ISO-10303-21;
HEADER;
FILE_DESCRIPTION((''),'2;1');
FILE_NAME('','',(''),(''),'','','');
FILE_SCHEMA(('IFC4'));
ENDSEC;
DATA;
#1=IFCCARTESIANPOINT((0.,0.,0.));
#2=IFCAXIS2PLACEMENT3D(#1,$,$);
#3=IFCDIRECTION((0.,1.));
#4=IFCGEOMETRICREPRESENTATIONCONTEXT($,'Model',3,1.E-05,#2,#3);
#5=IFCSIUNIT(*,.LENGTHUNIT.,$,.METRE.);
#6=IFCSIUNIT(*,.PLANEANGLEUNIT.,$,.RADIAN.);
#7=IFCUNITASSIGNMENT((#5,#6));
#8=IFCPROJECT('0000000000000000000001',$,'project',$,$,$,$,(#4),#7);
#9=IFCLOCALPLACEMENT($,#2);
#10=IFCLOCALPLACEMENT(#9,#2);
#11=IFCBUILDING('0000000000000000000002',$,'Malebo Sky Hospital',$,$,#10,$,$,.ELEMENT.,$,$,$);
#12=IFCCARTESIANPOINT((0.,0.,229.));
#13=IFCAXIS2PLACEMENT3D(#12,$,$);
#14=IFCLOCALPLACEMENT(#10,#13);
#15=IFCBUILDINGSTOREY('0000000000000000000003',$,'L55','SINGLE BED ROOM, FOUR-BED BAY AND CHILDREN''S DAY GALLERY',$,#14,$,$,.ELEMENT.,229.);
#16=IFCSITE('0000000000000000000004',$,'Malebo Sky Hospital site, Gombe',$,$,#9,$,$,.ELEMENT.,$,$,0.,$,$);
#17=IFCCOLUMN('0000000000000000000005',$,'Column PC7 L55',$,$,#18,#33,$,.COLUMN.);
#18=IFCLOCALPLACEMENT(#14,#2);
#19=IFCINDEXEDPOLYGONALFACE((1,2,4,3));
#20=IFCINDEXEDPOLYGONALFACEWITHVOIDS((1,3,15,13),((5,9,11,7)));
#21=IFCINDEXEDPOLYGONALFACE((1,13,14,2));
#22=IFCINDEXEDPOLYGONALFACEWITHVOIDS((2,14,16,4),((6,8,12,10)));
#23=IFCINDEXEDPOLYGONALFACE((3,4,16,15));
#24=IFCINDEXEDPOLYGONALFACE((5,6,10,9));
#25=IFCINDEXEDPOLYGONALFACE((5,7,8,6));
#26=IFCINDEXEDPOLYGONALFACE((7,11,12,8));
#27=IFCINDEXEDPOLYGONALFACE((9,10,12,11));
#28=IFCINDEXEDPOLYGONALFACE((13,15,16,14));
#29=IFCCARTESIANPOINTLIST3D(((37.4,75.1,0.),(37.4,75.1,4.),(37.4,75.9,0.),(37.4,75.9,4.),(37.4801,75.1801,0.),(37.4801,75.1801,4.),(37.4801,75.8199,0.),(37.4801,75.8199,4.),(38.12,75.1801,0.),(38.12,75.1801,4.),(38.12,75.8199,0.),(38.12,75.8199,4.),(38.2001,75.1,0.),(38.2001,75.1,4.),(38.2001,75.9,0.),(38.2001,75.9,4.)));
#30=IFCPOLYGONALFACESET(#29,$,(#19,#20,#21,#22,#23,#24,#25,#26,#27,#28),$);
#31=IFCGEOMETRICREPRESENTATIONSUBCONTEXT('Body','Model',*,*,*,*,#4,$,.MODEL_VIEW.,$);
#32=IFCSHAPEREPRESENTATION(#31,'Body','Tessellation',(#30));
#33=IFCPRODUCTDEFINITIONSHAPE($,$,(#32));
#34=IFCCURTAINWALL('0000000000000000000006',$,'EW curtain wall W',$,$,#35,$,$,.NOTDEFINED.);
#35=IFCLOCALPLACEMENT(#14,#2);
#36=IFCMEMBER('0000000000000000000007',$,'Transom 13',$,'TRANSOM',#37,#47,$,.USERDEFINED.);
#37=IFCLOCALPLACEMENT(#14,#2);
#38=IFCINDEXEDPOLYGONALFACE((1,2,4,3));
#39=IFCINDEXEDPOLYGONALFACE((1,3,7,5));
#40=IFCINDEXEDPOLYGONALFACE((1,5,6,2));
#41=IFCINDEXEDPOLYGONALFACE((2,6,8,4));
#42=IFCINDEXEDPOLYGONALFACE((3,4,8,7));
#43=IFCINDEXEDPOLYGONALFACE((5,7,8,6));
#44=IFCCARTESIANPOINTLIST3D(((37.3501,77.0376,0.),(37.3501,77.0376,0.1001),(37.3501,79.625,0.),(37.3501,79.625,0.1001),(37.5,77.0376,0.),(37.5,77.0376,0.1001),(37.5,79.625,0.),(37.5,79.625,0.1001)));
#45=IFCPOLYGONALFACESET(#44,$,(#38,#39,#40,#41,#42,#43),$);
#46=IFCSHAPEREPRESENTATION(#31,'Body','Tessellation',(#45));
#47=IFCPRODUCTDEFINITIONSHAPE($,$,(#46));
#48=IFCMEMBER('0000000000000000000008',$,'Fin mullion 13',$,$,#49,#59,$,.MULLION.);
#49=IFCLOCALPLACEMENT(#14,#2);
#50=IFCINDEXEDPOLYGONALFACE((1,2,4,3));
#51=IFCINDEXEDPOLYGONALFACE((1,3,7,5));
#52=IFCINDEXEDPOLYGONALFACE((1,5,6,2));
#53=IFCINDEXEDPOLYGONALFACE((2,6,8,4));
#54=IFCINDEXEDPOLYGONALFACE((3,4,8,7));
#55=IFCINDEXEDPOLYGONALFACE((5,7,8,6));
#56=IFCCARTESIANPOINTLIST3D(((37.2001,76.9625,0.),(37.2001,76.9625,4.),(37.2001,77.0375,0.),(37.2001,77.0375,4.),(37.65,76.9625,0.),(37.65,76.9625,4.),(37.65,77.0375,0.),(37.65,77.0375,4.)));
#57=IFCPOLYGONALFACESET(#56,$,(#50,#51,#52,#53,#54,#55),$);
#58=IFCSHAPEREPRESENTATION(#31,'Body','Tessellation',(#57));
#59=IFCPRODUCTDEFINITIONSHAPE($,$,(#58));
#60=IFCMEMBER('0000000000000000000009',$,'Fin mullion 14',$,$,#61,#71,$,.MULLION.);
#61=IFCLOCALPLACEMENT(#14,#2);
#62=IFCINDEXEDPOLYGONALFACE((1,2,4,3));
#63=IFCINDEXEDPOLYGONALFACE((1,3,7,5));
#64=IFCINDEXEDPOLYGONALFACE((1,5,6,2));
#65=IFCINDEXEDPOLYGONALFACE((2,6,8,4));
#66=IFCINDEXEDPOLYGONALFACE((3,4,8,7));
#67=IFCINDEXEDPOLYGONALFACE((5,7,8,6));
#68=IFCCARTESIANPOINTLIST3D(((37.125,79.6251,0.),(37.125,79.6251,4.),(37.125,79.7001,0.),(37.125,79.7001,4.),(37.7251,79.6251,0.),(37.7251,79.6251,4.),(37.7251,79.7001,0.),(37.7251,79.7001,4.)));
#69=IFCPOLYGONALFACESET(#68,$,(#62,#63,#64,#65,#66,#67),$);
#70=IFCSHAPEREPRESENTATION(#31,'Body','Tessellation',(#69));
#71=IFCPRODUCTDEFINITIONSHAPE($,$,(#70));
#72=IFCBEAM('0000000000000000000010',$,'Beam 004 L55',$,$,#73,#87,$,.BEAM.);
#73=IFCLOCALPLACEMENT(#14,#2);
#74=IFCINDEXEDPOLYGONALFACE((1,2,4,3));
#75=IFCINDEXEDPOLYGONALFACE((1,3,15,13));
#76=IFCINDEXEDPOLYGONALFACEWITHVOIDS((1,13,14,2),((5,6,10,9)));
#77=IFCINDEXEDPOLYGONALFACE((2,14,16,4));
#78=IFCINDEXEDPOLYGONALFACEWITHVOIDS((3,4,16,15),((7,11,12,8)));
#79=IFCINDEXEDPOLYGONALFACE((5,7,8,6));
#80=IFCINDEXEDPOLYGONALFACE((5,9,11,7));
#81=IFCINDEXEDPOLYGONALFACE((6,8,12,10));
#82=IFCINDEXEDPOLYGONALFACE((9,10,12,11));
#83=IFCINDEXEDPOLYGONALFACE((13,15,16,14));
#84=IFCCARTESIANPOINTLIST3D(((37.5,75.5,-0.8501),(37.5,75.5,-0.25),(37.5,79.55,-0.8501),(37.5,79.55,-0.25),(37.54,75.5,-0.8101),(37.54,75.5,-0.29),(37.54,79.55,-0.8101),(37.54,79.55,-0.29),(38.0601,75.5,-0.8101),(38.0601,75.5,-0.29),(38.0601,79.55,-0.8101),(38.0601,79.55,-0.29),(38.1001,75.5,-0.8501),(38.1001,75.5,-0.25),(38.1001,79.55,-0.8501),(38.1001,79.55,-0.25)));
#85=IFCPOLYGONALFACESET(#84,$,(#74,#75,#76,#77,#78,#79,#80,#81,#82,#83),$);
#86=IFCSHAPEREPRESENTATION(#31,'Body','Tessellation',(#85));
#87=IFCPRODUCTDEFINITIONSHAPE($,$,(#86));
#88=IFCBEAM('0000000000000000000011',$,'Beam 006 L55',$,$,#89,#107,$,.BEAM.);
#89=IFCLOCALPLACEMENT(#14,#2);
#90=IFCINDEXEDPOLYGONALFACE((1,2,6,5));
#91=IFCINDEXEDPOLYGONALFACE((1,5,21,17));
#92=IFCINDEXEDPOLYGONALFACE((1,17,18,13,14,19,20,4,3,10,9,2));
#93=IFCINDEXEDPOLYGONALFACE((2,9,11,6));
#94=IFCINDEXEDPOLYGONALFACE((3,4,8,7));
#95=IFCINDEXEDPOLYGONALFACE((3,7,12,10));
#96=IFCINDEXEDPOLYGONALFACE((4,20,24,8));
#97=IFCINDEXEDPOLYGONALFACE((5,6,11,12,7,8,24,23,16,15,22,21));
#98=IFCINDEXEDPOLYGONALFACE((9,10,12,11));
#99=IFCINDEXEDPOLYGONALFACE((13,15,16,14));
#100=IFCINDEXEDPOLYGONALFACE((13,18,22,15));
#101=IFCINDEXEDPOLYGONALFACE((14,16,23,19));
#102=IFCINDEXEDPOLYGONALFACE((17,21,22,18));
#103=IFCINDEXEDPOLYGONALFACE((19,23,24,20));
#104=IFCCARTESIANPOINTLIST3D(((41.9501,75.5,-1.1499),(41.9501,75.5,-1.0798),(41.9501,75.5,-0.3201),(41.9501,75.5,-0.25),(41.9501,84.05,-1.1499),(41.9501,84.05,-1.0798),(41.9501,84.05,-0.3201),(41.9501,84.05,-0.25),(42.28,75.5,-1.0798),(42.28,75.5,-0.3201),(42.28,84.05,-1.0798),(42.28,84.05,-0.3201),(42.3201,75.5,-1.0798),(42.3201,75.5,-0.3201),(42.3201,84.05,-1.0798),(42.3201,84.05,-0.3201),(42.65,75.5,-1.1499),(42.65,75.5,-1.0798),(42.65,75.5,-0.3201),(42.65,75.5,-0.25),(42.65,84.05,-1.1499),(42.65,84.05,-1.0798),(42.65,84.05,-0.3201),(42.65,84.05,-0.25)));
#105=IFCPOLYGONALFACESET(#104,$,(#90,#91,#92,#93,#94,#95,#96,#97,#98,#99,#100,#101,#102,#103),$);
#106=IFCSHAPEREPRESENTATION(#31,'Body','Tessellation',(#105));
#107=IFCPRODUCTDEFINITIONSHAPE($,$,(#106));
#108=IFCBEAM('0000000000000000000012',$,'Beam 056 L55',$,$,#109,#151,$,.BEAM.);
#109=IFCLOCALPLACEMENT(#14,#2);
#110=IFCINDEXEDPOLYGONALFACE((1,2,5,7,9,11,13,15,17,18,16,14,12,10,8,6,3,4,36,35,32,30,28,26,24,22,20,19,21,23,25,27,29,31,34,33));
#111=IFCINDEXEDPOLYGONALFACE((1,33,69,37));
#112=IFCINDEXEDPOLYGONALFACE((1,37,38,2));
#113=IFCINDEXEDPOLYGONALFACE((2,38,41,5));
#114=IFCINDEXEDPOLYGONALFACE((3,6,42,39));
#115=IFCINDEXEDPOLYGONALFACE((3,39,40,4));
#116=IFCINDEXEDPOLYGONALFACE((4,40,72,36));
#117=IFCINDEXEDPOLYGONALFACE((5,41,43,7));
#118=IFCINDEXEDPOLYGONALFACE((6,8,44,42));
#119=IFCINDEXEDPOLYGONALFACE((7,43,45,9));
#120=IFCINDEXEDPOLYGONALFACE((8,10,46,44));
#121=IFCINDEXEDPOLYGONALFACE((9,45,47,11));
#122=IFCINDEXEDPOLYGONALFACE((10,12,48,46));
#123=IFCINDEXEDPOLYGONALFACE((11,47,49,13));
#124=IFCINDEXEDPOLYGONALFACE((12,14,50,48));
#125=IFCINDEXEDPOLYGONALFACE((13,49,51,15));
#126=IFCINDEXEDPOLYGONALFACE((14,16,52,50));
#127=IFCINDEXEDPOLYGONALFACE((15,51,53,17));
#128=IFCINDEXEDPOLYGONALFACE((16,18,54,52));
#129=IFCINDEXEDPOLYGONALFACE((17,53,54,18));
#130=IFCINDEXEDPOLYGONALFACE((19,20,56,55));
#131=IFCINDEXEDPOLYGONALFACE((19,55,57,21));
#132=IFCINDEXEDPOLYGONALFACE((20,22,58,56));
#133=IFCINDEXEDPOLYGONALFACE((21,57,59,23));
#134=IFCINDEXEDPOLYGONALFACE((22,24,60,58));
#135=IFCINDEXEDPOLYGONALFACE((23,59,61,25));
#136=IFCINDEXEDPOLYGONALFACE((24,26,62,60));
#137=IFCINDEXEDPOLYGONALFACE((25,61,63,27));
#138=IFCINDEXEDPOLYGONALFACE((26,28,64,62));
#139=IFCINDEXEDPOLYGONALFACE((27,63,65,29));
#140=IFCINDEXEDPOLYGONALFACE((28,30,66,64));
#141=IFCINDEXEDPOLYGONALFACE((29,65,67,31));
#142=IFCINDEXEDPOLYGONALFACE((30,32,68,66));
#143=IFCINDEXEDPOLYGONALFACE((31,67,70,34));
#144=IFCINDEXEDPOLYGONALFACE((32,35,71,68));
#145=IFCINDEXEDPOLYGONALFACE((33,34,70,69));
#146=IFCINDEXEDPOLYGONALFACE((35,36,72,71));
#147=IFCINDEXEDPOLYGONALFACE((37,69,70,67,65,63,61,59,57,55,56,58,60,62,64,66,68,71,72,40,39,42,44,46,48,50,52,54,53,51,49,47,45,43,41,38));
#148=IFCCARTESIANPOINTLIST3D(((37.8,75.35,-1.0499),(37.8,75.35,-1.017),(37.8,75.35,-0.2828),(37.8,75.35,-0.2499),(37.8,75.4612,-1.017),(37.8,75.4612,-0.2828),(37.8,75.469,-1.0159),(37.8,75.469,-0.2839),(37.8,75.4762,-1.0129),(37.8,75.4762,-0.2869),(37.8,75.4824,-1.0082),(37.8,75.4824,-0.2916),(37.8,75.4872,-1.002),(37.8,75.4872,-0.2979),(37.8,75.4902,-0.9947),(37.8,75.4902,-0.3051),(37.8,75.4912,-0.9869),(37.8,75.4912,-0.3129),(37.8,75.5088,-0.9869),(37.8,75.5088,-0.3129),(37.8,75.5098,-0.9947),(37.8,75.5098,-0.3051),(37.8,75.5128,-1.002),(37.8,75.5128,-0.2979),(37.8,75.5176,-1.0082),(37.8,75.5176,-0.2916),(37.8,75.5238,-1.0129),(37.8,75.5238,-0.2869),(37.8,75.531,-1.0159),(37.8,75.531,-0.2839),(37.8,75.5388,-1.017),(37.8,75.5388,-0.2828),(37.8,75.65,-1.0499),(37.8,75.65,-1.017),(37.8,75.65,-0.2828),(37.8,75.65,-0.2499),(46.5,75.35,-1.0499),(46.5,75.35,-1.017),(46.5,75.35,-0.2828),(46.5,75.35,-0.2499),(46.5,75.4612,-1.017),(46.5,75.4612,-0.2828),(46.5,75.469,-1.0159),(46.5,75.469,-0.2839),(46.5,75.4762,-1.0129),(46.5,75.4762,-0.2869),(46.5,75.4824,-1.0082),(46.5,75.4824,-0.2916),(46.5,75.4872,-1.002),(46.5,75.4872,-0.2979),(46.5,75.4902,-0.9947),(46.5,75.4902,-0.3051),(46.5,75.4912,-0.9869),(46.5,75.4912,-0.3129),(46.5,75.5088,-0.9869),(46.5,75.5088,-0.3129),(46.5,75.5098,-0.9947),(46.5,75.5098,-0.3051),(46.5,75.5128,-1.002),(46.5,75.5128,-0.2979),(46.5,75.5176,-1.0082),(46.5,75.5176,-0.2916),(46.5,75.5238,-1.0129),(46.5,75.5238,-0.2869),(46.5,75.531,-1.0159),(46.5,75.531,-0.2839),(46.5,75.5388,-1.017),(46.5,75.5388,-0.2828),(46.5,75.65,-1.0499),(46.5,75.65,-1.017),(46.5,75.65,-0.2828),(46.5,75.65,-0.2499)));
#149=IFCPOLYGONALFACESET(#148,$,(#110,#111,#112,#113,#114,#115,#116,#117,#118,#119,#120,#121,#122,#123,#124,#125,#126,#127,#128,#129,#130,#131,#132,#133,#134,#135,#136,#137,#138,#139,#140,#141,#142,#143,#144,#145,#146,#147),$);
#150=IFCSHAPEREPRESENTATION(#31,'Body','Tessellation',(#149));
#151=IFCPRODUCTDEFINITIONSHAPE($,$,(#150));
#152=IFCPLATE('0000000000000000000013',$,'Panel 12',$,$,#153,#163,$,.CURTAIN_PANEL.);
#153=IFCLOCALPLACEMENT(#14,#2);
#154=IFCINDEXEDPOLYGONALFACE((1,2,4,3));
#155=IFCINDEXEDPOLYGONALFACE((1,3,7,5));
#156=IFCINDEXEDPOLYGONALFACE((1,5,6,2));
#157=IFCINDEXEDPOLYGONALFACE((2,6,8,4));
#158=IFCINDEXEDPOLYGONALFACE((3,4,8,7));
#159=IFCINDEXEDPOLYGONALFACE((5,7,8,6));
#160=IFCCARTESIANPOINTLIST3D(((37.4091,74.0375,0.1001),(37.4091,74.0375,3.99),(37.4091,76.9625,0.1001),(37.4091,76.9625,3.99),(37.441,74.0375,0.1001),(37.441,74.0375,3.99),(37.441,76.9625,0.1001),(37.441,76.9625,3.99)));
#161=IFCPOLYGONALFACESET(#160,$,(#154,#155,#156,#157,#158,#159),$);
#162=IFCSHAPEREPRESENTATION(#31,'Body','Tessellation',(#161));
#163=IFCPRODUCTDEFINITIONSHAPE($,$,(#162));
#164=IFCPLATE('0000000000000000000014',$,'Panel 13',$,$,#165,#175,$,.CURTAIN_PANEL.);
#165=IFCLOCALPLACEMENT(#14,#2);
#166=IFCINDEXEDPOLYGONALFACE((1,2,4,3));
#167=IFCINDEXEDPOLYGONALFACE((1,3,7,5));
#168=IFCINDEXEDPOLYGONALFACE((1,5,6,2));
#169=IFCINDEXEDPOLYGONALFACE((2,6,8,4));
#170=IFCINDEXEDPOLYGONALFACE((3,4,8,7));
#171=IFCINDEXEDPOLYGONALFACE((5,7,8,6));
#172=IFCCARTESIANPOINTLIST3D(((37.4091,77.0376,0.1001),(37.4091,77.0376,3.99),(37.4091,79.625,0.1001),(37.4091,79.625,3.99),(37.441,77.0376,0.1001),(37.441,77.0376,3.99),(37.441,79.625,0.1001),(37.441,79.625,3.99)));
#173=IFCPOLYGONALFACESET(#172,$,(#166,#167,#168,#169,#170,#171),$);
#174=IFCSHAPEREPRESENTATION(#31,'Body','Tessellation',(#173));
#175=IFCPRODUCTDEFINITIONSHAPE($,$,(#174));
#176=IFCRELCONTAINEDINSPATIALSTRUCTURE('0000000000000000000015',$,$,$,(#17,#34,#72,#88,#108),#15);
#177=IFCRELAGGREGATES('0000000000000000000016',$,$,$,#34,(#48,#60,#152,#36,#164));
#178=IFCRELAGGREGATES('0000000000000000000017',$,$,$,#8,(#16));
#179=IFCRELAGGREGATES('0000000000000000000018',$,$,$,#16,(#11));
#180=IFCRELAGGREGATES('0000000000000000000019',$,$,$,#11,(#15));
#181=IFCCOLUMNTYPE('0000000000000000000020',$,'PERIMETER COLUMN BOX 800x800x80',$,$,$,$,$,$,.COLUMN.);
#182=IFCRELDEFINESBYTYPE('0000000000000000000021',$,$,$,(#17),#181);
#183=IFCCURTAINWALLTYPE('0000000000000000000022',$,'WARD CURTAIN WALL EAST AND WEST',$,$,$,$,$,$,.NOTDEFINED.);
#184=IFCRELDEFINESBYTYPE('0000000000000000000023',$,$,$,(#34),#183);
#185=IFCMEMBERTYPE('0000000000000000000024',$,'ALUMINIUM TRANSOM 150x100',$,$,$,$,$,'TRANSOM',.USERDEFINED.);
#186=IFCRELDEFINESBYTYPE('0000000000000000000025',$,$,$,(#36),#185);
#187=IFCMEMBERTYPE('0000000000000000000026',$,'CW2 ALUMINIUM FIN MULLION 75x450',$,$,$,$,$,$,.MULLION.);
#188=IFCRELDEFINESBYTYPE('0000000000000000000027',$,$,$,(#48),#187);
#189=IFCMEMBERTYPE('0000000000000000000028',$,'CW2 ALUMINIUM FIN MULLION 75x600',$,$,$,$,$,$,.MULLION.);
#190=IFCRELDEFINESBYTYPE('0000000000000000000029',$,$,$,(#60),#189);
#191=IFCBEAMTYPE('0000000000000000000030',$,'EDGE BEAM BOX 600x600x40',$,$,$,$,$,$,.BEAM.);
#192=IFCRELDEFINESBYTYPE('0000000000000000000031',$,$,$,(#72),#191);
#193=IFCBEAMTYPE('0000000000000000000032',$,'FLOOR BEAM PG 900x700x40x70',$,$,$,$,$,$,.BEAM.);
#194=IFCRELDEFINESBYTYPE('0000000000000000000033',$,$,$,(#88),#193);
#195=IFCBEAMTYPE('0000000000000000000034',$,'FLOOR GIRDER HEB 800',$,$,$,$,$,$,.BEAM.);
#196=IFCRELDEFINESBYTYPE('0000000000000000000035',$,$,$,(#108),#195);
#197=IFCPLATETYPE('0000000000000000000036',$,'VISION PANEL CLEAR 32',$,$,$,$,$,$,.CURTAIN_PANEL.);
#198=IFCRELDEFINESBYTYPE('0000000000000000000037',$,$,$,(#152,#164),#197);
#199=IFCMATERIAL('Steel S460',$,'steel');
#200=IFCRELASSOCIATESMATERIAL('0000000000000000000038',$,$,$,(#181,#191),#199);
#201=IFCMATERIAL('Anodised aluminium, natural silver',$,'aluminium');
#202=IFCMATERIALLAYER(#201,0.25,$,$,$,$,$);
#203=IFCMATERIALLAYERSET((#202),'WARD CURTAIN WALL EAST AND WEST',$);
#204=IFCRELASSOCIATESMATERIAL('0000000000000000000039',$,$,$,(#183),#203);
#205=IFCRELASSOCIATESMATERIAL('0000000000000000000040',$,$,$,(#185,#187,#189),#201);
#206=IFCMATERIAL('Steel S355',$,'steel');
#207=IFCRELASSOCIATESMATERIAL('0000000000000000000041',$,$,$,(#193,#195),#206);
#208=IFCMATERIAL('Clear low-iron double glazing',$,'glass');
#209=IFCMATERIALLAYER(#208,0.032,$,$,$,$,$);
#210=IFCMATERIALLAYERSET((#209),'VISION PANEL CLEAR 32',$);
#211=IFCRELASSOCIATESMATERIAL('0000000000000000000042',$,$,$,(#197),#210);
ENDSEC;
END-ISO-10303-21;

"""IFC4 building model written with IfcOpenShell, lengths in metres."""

from ifc_helpers import new_model, si_unit, direction, frame, origin, origin_2d, place, context, subcontext, project, spatial, rectangle, hollow_rectangle, i_section, extrude, material, layer, layer_set, material_profile, profile_set, type_object, element, aggregate, save


model = new_model("IFC4")

# Units and contexts
model_context = context("Model", 3, precision=1e-05, world=origin(), true_north=direction((0.0, 1.0)))
body_context = subcontext(model_context, "Body", "Model", "MODEL_VIEW")
ifc_project = project(units=[si_unit("LENGTHUNIT", "METRE"), si_unit("PLANEANGLEUNIT", "RADIAN")], contexts=[model_context])

# Site, building, storey
site_placement = place(None, origin())
site = spatial("IfcSite", under=ifc_project, at=site_placement, Name="Malebo Sky Hospital site, Gombe", CompositionType="ELEMENT", RefElevation=0.0)
building_placement = place(site_placement, origin())
building = spatial("IfcBuilding", under=site, at=building_placement, Name="Malebo Sky Hospital", CompositionType="ELEMENT")
storey_placement = place(building_placement, frame((0.0, 0.0, 229.0)))
storey = spatial("IfcBuildingStorey", under=building, at=storey_placement, Name="L55", Description="SINGLE BED ROOM, FOUR-BED BAY AND CHILDREN'S DAY GALLERY", CompositionType="ELEMENT", Elevation=229.0)

# Column
ifc_material_1 = material(Name="Steel S460", Category="steel")
ifc_material_profile_1 = material_profile(ifc_material_1, hollow_rectangle(XDim=0.8, YDim=0.8, WallThickness=0.0801, at=origin_2d()), Name="BOX 800x800x80")
ifc_profile_set_1 = profile_set([ifc_material_profile_1], Name="Steel S460")
column_type = type_object("IfcColumnType", Name="PERIMETER COLUMN BOX 800x800x80", PredefinedType="COLUMN", material=ifc_profile_set_1)
column_placement = place(storey_placement, frame((37.8, 75.5, 0.0), z_axis=(0.0, 0.0, 1.0), x_axis=(1.0, 0.0, 0.0)))
element("IfcColumn", 1, at=column_placement, inside=storey, type_object=column_type, Name="Column PC7 L55", PredefinedType="COLUMN", context=body_context, shape_type="SweptSolid", body=[
    extrude(hollow_rectangle(XDim=0.8, YDim=0.8, WallThickness=0.0801, at=origin_2d()), origin(), (0.0, 0.0, 1.0), 4.0),
])

# Curtain wall, members
ifc_material_2 = material(Name="Anodised aluminium, natural silver", Category="aluminium")
ifc_layer_1 = layer(ifc_material_2, 0.25)
ifc_layer_set_1 = layer_set([ifc_layer_1], Name="WARD CURTAIN WALL EAST AND WEST")
curtain_wall_type = type_object("IfcCurtainWallType", Name="WARD CURTAIN WALL EAST AND WEST", PredefinedType="NOTDEFINED", material=ifc_layer_set_1)
curtain_wall_placement = place(storey_placement, origin())
curtain_wall = element("IfcCurtainWall", 2, at=curtain_wall_placement, inside=storey, type_object=curtain_wall_type, Name="EW curtain wall W", PredefinedType="NOTDEFINED")
ifc_material_profile_2 = material_profile(ifc_material_2, rectangle(XDim=0.1499, YDim=0.1001, at=origin_2d()), Name="ALUMINIUM TRANSOM 150x100")
ifc_profile_set_2 = profile_set([ifc_material_profile_2], Name="Anodised aluminium, natural silver")
member_type_1 = type_object("IfcMemberType", Name="ALUMINIUM TRANSOM 150x100", ElementType="TRANSOM", PredefinedType="USERDEFINED", material=ifc_profile_set_2)
member_1_placement = place(storey_placement, frame((37.425, 77.0376, 0.05), z_axis=(0.0, 1.0, 0.0), x_axis=(-1.0, 0.0, 0.0)))
member_1 = element("IfcMember", 3, at=member_1_placement, type_object=member_type_1, Name="Transom 13", ObjectType="TRANSOM", PredefinedType="USERDEFINED", context=body_context, shape_type="SweptSolid", body=[
    extrude(rectangle(XDim=0.1499, YDim=0.1001, at=origin_2d()), origin(), (0.0, 0.0, 1.0), 2.5874),
])
ifc_material_profile_3 = material_profile(ifc_material_2, rectangle(XDim=0.075, YDim=0.45, at=origin_2d()), Name="CW2 ALUMINIUM FIN MULLION 75x450")
ifc_profile_set_3 = profile_set([ifc_material_profile_3], Name="Anodised aluminium, natural silver")
member_type_2 = type_object("IfcMemberType", Name="CW2 ALUMINIUM FIN MULLION 75x450", PredefinedType="MULLION", material=ifc_profile_set_3)
member_2_placement = place(storey_placement, frame((37.425, 77.0, 0.0), z_axis=(0.0, 0.0, 1.0), x_axis=(0.0, 1.0, 0.0)))
member_2 = element("IfcMember", 4, at=member_2_placement, type_object=member_type_2, Name="Fin mullion 13", PredefinedType="MULLION", context=body_context, shape_type="SweptSolid", body=[
    extrude(rectangle(XDim=0.075, YDim=0.45, at=origin_2d()), origin(), (0.0, 0.0, 1.0), 4.0),
])
ifc_material_profile_4 = material_profile(ifc_material_2, rectangle(XDim=0.075, YDim=0.6001, at=origin_2d()), Name="CW2 ALUMINIUM FIN MULLION 75x600")
ifc_profile_set_4 = profile_set([ifc_material_profile_4], Name="Anodised aluminium, natural silver")
member_type_3 = type_object("IfcMemberType", Name="CW2 ALUMINIUM FIN MULLION 75x600", PredefinedType="MULLION", material=ifc_profile_set_4)
member_3_placement = place(storey_placement, frame((37.425, 79.6626, 0.0), z_axis=(0.0, 0.0, 1.0), x_axis=(0.0, 1.0, 0.0)))
member_3 = element("IfcMember", 5, at=member_3_placement, type_object=member_type_3, Name="Fin mullion 14", PredefinedType="MULLION", context=body_context, shape_type="SweptSolid", body=[
    extrude(rectangle(XDim=0.075, YDim=0.6001, at=origin_2d()), origin(), (0.0, 0.0, 1.0), 4.0),
])

# Beams
ifc_material_profile_5 = material_profile(ifc_material_1, hollow_rectangle(XDim=0.6001, YDim=0.6001, WallThickness=0.04, at=origin_2d()), Name="BOX 600x600x40")
ifc_profile_set_5 = profile_set([ifc_material_profile_5], Name="Steel S460")
beam_type_1 = type_object("IfcBeamType", Name="EDGE BEAM BOX 600x600x40", PredefinedType="BEAM", material=ifc_profile_set_5)
beam_1_placement = place(storey_placement, frame((37.8, 75.5, -0.55), z_axis=(0.0, 1.0, 0.0), x_axis=(-1.0, 0.0, 0.0)))
element("IfcBeam", 6, at=beam_1_placement, inside=storey, type_object=beam_type_1, Name="Beam 004 L55", PredefinedType="BEAM", context=body_context, shape_type="SweptSolid", body=[
    extrude(hollow_rectangle(XDim=0.6001, YDim=0.6001, WallThickness=0.04, at=origin_2d()), origin(), (0.0, 0.0, 1.0), 4.05),
])
ifc_material_3 = material(Name="Steel S355", Category="steel")
ifc_material_profile_6 = material_profile(ifc_material_3, i_section(OverallWidth=0.7, OverallDepth=0.8999, WebThickness=0.04, FlangeThickness=0.0701, at=origin_2d()), Name="PG 900x700x40x70")
ifc_profile_set_6 = profile_set([ifc_material_profile_6], Name="Steel S355")
beam_type_2 = type_object("IfcBeamType", Name="FLOOR BEAM PG 900x700x40x70", PredefinedType="BEAM", material=ifc_profile_set_6)
beam_2_placement = place(storey_placement, frame((42.3, 75.5, -0.7), z_axis=(0.0, 1.0, 0.0), x_axis=(-1.0, 0.0, 0.0)))
element("IfcBeam", 7, at=beam_2_placement, inside=storey, type_object=beam_type_2, Name="Beam 006 L55", PredefinedType="BEAM", context=body_context, shape_type="SweptSolid", body=[
    extrude(i_section(OverallWidth=0.7, OverallDepth=0.8999, WebThickness=0.04, FlangeThickness=0.0701, at=origin_2d()), origin(), (0.0, 0.0, 1.0), 8.55),
])
ifc_material_profile_7 = material_profile(ifc_material_3, i_section(OverallWidth=0.3, OverallDepth=0.8, WebThickness=0.0176, FlangeThickness=0.033, FilletRadius=0.03, at=origin_2d()), Name="HEB 800")
ifc_profile_set_7 = profile_set([ifc_material_profile_7], Name="Steel S355")
beam_type_3 = type_object("IfcBeamType", Name="FLOOR GIRDER HEB 800", PredefinedType="BEAM", material=ifc_profile_set_7)
beam_3_placement = place(storey_placement, frame((37.8, 75.5, -0.6499), z_axis=(1.0, 0.0, 0.0), x_axis=(0.0, 1.0, 0.0)))
element("IfcBeam", 8, at=beam_3_placement, inside=storey, type_object=beam_type_3, Name="Beam 056 L55", PredefinedType="BEAM", context=body_context, shape_type="SweptSolid", body=[
    extrude(i_section(OverallWidth=0.3, OverallDepth=0.8, WebThickness=0.0176, FlangeThickness=0.033, FilletRadius=0.03, at=origin_2d()), origin(), (0.0, 0.0, 1.0), 8.7),
])

# Plates
ifc_material_4 = material(Name="Clear low-iron double glazing", Category="glass")
ifc_layer_2 = layer(ifc_material_4, 0.032)
ifc_layer_set_2 = layer_set([ifc_layer_2], Name="VISION PANEL CLEAR 32")
plate_type = type_object("IfcPlateType", Name="VISION PANEL CLEAR 32", PredefinedType="CURTAIN_PANEL", material=ifc_layer_set_2)
plate_1_placement = place(storey_placement, frame((37.425, 75.5, 0.1001), z_axis=(0.0, 0.0, 1.0), x_axis=(0.0, 1.0, 0.0)))
plate_1 = element("IfcPlate", 9, at=plate_1_placement, type_object=plate_type, Name="Panel 12", PredefinedType="CURTAIN_PANEL", context=body_context, shape_type="SweptSolid", body=[
    extrude(rectangle(XDim=2.925, YDim=0.032, at=origin_2d()), origin(), (0.0, 0.0, 1.0), 3.8899),
])
plate_2_placement = place(storey_placement, frame((37.425, 78.3313, 0.1001), z_axis=(0.0, 0.0, 1.0), x_axis=(0.0, 1.0, 0.0)))
plate_2 = element("IfcPlate", 10, at=plate_2_placement, type_object=plate_type, Name="Panel 13", PredefinedType="CURTAIN_PANEL", context=body_context, shape_type="SweptSolid", body=[
    extrude(rectangle(XDim=2.5874, YDim=0.032, at=origin_2d()), origin(), (0.0, 0.0, 1.0), 3.8899),
])
aggregate(curtain_wall, [member_2, member_3, plate_1, member_1, plate_2])

save(model, "model.ifc")
